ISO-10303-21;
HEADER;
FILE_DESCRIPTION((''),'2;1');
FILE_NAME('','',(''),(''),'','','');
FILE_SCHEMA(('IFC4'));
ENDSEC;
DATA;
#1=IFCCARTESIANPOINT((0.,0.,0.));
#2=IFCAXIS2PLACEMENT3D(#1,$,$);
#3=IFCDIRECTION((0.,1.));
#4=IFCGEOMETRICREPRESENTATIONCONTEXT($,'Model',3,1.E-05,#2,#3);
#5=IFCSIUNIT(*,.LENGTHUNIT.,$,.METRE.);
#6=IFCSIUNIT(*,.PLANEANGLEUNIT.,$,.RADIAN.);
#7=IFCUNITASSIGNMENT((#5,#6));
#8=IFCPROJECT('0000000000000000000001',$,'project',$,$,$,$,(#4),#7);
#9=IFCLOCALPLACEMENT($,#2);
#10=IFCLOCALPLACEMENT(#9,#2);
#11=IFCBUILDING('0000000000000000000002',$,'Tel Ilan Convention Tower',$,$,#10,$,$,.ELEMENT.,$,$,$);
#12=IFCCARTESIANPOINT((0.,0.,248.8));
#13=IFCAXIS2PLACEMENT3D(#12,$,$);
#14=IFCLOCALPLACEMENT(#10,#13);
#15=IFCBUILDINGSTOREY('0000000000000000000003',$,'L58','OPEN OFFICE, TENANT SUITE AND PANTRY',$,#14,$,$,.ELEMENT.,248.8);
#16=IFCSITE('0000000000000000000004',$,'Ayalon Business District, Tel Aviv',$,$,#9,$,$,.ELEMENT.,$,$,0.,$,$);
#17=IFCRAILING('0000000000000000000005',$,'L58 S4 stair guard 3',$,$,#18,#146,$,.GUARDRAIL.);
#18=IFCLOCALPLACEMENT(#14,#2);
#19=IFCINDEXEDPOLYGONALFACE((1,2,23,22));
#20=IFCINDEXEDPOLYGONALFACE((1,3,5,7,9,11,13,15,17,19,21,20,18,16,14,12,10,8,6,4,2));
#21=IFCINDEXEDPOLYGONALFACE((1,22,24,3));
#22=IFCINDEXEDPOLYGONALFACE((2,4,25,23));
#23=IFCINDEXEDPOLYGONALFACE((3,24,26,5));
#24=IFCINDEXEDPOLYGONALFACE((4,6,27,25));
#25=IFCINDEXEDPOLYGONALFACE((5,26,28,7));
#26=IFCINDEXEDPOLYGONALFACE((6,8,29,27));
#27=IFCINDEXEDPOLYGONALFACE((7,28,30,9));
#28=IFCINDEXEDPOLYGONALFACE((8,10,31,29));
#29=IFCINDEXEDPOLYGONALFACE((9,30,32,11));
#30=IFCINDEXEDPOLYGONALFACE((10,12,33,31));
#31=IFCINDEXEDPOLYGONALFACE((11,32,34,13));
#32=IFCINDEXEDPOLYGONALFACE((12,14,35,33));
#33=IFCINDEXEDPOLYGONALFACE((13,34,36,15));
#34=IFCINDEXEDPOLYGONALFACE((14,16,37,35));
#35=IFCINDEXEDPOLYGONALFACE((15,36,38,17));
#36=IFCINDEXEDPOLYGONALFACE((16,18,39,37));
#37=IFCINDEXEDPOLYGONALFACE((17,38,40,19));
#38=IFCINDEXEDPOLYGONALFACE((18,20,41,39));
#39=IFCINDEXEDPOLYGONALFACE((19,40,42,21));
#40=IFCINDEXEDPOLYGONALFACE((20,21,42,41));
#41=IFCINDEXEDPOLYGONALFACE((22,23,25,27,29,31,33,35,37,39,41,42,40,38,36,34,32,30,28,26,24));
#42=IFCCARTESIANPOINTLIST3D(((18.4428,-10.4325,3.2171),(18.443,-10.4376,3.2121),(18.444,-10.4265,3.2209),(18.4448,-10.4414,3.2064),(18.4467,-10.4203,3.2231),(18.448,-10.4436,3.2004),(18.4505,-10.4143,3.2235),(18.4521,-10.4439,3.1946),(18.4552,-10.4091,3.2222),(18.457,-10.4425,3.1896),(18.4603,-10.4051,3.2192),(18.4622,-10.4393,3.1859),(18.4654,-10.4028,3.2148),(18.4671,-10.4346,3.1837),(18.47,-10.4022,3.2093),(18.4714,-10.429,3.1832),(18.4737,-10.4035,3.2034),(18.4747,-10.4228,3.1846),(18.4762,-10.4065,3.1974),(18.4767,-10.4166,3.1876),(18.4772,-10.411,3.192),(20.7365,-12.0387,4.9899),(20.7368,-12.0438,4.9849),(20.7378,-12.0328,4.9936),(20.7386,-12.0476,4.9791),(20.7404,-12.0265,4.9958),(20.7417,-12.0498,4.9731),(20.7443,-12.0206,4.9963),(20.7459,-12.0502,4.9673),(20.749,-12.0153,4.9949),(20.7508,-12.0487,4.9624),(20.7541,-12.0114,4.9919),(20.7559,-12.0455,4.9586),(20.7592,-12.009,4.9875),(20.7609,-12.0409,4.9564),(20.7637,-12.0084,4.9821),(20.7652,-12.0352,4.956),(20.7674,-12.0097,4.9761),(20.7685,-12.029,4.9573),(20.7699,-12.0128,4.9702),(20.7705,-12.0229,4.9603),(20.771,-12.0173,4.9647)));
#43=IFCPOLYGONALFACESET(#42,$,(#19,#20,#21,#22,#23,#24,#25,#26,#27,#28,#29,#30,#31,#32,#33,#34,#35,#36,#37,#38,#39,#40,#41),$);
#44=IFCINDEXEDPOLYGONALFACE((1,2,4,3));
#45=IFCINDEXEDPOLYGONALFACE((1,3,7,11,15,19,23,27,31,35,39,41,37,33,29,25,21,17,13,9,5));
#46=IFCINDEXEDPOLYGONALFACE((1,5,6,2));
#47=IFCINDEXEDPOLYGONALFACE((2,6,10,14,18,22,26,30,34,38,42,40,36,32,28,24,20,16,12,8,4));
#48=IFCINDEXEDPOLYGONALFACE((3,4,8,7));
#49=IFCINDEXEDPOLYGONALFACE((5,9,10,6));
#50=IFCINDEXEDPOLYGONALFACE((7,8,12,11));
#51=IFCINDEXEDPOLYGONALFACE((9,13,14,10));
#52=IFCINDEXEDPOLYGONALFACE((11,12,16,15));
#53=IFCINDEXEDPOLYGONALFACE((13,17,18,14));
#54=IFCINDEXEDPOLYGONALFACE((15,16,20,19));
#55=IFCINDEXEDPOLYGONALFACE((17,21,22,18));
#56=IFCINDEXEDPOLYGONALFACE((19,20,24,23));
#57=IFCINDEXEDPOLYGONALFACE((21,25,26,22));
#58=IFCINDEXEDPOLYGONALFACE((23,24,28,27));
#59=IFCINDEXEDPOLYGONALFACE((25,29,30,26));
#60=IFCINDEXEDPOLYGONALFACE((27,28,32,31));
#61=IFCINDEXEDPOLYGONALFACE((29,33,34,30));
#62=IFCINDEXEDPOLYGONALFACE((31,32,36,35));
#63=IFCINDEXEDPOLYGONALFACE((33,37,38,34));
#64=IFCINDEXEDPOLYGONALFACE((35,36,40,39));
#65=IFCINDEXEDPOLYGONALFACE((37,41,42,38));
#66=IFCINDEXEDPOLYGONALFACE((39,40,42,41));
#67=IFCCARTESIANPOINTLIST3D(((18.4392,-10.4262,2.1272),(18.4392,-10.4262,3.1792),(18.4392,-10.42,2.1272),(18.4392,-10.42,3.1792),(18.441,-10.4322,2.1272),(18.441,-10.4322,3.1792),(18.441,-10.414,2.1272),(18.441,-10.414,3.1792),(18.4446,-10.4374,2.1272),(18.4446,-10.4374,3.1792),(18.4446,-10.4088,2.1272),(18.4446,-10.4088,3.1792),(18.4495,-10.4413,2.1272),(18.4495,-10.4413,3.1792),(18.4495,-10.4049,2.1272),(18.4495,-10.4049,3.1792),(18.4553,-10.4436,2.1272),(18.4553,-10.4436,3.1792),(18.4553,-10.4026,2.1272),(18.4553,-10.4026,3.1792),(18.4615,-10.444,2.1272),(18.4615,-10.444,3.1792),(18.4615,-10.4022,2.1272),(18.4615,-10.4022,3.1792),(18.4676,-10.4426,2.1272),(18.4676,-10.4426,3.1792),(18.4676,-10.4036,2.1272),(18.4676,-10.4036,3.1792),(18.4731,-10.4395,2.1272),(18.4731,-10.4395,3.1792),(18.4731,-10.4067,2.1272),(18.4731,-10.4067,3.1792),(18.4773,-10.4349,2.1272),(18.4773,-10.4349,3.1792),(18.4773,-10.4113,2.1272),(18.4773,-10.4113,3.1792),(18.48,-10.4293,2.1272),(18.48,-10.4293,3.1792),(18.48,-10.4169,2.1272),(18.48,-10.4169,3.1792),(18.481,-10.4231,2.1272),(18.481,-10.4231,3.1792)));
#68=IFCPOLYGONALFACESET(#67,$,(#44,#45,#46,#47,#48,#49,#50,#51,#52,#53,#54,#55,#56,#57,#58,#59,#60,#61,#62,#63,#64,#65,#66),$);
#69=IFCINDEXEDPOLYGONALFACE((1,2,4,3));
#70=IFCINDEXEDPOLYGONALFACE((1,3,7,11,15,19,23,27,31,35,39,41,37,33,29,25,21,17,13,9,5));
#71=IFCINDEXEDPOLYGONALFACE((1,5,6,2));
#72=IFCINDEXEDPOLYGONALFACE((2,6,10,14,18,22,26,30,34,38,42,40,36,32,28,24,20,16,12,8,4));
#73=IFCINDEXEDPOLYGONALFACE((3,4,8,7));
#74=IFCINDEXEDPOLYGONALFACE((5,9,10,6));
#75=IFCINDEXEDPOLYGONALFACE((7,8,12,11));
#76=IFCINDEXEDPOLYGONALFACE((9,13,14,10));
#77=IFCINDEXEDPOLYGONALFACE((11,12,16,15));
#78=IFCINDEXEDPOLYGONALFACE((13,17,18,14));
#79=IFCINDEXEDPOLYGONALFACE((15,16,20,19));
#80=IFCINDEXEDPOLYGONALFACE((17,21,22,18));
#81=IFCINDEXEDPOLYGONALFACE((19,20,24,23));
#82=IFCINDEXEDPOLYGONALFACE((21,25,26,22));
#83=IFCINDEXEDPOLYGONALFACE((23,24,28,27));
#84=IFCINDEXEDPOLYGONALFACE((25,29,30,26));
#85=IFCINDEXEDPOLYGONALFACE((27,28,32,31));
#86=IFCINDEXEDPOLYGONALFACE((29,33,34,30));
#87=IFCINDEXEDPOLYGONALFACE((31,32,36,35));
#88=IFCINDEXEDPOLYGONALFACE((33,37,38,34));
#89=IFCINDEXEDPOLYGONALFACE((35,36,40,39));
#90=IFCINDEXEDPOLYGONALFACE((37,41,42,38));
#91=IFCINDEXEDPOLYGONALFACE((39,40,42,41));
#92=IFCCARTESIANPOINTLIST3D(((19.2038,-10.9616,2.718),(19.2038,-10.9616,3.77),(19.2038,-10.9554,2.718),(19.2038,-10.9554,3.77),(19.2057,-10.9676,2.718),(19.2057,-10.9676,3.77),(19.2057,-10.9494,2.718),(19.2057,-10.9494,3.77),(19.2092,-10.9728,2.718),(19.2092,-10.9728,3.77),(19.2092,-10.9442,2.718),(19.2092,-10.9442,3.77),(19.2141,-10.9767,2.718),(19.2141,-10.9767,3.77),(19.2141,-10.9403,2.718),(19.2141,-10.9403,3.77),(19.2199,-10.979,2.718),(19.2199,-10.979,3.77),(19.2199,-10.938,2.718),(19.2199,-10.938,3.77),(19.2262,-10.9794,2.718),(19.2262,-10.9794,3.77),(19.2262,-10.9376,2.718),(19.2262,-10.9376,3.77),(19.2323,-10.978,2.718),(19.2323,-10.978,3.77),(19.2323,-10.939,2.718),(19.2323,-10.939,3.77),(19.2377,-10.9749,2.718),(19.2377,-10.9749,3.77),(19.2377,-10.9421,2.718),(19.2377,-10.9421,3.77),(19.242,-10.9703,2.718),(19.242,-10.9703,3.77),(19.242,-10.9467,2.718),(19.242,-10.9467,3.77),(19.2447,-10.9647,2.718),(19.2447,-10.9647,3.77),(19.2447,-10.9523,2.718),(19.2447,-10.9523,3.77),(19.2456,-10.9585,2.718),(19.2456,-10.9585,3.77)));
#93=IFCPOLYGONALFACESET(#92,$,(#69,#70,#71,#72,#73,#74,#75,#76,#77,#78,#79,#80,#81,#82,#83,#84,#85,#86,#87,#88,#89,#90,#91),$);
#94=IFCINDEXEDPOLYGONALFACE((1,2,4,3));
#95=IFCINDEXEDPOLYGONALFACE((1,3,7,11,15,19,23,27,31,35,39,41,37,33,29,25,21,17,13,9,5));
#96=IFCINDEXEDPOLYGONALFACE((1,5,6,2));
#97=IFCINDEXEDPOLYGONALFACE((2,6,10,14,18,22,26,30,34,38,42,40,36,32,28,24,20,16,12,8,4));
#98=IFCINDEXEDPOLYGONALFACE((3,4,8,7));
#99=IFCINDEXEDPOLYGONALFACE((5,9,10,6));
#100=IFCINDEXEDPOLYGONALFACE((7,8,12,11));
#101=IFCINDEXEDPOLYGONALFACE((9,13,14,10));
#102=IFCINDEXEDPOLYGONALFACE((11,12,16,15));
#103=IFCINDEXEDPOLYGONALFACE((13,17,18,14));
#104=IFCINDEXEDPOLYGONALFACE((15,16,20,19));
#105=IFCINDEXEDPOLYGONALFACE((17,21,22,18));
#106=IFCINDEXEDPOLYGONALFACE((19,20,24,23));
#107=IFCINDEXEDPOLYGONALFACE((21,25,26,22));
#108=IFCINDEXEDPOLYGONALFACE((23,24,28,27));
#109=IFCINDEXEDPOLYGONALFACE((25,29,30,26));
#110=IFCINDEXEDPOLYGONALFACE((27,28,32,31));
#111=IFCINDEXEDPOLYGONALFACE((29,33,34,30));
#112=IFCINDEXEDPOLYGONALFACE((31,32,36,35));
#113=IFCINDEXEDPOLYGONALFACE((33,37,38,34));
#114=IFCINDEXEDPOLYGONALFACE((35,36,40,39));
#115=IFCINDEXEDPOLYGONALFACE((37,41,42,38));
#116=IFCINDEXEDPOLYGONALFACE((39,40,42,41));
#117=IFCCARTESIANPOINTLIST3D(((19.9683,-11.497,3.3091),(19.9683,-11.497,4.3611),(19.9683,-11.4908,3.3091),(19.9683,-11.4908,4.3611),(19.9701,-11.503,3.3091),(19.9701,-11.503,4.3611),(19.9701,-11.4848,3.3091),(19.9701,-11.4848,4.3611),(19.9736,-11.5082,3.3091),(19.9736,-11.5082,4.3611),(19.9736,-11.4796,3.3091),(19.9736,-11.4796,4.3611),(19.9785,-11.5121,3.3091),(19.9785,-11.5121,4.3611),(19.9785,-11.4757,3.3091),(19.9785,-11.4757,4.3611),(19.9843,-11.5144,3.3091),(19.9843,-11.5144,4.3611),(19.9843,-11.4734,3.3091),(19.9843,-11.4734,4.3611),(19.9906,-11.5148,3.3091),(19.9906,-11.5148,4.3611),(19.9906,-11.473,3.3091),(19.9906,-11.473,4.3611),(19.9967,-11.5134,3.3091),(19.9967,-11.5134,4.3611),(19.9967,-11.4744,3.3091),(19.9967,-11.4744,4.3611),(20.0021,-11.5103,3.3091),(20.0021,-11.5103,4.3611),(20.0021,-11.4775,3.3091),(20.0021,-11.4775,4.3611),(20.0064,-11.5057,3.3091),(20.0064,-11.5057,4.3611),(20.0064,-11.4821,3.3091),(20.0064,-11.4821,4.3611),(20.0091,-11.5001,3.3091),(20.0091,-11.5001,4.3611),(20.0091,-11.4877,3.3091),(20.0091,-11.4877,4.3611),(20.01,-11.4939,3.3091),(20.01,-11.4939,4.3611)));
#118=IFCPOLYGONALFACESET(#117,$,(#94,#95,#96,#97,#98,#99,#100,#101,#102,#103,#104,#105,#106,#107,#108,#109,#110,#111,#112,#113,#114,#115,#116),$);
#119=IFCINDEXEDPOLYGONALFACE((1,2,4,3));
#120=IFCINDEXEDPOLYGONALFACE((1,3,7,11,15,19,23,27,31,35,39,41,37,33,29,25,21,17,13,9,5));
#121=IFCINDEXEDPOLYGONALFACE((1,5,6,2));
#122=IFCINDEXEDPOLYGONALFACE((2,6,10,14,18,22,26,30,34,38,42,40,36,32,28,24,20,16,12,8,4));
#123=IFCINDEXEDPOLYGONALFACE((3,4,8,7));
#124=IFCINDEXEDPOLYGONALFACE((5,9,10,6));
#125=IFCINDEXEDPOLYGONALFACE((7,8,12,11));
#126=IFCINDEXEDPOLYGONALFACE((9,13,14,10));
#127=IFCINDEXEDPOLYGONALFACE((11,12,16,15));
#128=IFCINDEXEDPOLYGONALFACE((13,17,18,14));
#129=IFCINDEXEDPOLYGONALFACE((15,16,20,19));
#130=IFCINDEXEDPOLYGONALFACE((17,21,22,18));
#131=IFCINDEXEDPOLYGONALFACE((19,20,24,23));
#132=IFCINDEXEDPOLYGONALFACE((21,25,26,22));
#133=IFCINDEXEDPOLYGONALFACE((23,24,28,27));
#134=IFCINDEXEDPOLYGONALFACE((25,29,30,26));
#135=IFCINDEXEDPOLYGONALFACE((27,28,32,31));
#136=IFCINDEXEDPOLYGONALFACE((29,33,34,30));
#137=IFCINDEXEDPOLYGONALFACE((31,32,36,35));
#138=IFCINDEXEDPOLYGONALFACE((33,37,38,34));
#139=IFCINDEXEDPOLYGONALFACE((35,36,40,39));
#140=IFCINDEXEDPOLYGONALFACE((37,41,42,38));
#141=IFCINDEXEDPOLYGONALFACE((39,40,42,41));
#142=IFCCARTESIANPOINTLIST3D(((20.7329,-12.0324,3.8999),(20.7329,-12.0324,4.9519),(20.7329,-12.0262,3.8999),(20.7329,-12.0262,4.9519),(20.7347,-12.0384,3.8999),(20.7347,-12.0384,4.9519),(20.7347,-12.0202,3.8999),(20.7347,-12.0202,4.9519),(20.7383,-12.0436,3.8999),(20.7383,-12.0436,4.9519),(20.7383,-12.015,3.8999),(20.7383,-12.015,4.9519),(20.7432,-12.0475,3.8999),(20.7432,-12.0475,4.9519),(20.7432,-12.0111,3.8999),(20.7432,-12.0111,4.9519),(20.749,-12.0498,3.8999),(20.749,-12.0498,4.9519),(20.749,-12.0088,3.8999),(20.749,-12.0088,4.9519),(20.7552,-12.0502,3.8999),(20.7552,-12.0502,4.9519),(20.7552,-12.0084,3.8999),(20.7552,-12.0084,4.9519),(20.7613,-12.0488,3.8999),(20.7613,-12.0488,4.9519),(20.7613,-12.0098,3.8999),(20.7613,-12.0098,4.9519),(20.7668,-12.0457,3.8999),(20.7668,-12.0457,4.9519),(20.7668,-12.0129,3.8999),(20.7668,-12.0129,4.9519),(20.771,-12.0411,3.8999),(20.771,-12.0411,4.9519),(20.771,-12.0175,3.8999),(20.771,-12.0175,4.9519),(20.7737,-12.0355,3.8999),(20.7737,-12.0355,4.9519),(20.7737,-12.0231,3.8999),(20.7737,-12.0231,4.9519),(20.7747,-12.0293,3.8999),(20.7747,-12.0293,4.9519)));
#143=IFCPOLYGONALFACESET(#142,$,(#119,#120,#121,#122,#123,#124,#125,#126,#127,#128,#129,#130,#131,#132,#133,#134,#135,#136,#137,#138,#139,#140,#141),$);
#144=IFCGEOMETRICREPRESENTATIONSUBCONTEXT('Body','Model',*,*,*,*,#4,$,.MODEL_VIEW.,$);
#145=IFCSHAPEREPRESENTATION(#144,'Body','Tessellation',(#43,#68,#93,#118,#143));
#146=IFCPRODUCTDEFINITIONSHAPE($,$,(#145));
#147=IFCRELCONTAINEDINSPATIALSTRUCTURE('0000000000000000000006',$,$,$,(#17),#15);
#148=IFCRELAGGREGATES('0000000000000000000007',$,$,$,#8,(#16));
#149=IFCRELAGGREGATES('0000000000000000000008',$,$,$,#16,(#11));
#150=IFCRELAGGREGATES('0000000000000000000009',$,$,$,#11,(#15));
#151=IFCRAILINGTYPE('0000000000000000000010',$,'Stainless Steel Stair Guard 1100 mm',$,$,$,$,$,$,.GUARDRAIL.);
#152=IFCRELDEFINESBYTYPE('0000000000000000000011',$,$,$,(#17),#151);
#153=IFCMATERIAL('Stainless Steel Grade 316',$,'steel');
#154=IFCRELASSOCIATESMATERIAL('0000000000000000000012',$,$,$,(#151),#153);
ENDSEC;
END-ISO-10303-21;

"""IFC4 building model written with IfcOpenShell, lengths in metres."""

from ifc_helpers import new_model, si_unit, direction, frame, origin, origin_2d, place, context, subcontext, project, spatial, circle, extrude, material, type_object, element, save


model = new_model("IFC4")

# Units and contexts
model_context = context("Model", 3, precision=1e-05, world=origin(), true_north=direction((0.0, 1.0)))
body_context = subcontext(model_context, "Body", "Model", "MODEL_VIEW")
ifc_project = project(units=[si_unit("LENGTHUNIT", "METRE"), si_unit("PLANEANGLEUNIT", "RADIAN")], contexts=[model_context])

# Site, building, storey
site_placement = place(None, origin())
site = spatial("IfcSite", under=ifc_project, at=site_placement, Name="Ayalon Business District, Tel Aviv", CompositionType="ELEMENT", RefElevation=0.0)
building_placement = place(site_placement, origin())
building = spatial("IfcBuilding", under=site, at=building_placement, Name="Tel Ilan Convention Tower", CompositionType="ELEMENT")
storey_placement = place(building_placement, frame((0.0, 0.0, 248.8)))
storey = spatial("IfcBuildingStorey", under=building, at=storey_placement, Name="L58", Description="OPEN OFFICE, TENANT SUITE AND PANTRY", CompositionType="ELEMENT", Elevation=248.8)

# Railing
ifc_material_1 = material(Name="Stainless Steel Grade 316", Category="steel")
railing_type_1 = type_object("IfcRailingType", Name="Stainless Steel Stair Guard 1100 mm", PredefinedType="GUARDRAIL", material=ifc_material_1)
railing_1_placement = place(storey_placement, frame((18.46, -10.4231, 2.1272)))
element("IfcRailing", 1, at=railing_1_placement, inside=storey, type_object=railing_type_1, Name="L58 S4 stair guard 3", PredefinedType="GUARDRAIL", context=body_context, shape_type="SweptSolid", body=[
    extrude(circle(Radius=0.0239, at=origin_2d()), frame((0.0, 0.0, 1.0762), z_axis=(0.692098, -0.484653, 0.534894), x_axis=(0.573609, 0.81913, 0.0)), (0.0, 0.0, 1.0), 3.3142),
    extrude(circle(Radius=0.021, at=origin_2d()), origin(), (0.0, 0.0, 1.0), 1.052),
    extrude(circle(Radius=0.021, at=origin_2d()), frame((0.7646, -0.5354, 0.5908)), (0.0, 0.0, 1.0), 1.052),
    extrude(circle(Radius=0.021, at=origin_2d()), frame((1.5291, -1.0708, 1.1819)), (0.0, 0.0, 1.0), 1.052),
    extrude(circle(Radius=0.021, at=origin_2d()), frame((2.2937, -1.6062, 1.7727)), (0.0, 0.0, 1.0), 1.052),
])

save(model, "model.ifc")
